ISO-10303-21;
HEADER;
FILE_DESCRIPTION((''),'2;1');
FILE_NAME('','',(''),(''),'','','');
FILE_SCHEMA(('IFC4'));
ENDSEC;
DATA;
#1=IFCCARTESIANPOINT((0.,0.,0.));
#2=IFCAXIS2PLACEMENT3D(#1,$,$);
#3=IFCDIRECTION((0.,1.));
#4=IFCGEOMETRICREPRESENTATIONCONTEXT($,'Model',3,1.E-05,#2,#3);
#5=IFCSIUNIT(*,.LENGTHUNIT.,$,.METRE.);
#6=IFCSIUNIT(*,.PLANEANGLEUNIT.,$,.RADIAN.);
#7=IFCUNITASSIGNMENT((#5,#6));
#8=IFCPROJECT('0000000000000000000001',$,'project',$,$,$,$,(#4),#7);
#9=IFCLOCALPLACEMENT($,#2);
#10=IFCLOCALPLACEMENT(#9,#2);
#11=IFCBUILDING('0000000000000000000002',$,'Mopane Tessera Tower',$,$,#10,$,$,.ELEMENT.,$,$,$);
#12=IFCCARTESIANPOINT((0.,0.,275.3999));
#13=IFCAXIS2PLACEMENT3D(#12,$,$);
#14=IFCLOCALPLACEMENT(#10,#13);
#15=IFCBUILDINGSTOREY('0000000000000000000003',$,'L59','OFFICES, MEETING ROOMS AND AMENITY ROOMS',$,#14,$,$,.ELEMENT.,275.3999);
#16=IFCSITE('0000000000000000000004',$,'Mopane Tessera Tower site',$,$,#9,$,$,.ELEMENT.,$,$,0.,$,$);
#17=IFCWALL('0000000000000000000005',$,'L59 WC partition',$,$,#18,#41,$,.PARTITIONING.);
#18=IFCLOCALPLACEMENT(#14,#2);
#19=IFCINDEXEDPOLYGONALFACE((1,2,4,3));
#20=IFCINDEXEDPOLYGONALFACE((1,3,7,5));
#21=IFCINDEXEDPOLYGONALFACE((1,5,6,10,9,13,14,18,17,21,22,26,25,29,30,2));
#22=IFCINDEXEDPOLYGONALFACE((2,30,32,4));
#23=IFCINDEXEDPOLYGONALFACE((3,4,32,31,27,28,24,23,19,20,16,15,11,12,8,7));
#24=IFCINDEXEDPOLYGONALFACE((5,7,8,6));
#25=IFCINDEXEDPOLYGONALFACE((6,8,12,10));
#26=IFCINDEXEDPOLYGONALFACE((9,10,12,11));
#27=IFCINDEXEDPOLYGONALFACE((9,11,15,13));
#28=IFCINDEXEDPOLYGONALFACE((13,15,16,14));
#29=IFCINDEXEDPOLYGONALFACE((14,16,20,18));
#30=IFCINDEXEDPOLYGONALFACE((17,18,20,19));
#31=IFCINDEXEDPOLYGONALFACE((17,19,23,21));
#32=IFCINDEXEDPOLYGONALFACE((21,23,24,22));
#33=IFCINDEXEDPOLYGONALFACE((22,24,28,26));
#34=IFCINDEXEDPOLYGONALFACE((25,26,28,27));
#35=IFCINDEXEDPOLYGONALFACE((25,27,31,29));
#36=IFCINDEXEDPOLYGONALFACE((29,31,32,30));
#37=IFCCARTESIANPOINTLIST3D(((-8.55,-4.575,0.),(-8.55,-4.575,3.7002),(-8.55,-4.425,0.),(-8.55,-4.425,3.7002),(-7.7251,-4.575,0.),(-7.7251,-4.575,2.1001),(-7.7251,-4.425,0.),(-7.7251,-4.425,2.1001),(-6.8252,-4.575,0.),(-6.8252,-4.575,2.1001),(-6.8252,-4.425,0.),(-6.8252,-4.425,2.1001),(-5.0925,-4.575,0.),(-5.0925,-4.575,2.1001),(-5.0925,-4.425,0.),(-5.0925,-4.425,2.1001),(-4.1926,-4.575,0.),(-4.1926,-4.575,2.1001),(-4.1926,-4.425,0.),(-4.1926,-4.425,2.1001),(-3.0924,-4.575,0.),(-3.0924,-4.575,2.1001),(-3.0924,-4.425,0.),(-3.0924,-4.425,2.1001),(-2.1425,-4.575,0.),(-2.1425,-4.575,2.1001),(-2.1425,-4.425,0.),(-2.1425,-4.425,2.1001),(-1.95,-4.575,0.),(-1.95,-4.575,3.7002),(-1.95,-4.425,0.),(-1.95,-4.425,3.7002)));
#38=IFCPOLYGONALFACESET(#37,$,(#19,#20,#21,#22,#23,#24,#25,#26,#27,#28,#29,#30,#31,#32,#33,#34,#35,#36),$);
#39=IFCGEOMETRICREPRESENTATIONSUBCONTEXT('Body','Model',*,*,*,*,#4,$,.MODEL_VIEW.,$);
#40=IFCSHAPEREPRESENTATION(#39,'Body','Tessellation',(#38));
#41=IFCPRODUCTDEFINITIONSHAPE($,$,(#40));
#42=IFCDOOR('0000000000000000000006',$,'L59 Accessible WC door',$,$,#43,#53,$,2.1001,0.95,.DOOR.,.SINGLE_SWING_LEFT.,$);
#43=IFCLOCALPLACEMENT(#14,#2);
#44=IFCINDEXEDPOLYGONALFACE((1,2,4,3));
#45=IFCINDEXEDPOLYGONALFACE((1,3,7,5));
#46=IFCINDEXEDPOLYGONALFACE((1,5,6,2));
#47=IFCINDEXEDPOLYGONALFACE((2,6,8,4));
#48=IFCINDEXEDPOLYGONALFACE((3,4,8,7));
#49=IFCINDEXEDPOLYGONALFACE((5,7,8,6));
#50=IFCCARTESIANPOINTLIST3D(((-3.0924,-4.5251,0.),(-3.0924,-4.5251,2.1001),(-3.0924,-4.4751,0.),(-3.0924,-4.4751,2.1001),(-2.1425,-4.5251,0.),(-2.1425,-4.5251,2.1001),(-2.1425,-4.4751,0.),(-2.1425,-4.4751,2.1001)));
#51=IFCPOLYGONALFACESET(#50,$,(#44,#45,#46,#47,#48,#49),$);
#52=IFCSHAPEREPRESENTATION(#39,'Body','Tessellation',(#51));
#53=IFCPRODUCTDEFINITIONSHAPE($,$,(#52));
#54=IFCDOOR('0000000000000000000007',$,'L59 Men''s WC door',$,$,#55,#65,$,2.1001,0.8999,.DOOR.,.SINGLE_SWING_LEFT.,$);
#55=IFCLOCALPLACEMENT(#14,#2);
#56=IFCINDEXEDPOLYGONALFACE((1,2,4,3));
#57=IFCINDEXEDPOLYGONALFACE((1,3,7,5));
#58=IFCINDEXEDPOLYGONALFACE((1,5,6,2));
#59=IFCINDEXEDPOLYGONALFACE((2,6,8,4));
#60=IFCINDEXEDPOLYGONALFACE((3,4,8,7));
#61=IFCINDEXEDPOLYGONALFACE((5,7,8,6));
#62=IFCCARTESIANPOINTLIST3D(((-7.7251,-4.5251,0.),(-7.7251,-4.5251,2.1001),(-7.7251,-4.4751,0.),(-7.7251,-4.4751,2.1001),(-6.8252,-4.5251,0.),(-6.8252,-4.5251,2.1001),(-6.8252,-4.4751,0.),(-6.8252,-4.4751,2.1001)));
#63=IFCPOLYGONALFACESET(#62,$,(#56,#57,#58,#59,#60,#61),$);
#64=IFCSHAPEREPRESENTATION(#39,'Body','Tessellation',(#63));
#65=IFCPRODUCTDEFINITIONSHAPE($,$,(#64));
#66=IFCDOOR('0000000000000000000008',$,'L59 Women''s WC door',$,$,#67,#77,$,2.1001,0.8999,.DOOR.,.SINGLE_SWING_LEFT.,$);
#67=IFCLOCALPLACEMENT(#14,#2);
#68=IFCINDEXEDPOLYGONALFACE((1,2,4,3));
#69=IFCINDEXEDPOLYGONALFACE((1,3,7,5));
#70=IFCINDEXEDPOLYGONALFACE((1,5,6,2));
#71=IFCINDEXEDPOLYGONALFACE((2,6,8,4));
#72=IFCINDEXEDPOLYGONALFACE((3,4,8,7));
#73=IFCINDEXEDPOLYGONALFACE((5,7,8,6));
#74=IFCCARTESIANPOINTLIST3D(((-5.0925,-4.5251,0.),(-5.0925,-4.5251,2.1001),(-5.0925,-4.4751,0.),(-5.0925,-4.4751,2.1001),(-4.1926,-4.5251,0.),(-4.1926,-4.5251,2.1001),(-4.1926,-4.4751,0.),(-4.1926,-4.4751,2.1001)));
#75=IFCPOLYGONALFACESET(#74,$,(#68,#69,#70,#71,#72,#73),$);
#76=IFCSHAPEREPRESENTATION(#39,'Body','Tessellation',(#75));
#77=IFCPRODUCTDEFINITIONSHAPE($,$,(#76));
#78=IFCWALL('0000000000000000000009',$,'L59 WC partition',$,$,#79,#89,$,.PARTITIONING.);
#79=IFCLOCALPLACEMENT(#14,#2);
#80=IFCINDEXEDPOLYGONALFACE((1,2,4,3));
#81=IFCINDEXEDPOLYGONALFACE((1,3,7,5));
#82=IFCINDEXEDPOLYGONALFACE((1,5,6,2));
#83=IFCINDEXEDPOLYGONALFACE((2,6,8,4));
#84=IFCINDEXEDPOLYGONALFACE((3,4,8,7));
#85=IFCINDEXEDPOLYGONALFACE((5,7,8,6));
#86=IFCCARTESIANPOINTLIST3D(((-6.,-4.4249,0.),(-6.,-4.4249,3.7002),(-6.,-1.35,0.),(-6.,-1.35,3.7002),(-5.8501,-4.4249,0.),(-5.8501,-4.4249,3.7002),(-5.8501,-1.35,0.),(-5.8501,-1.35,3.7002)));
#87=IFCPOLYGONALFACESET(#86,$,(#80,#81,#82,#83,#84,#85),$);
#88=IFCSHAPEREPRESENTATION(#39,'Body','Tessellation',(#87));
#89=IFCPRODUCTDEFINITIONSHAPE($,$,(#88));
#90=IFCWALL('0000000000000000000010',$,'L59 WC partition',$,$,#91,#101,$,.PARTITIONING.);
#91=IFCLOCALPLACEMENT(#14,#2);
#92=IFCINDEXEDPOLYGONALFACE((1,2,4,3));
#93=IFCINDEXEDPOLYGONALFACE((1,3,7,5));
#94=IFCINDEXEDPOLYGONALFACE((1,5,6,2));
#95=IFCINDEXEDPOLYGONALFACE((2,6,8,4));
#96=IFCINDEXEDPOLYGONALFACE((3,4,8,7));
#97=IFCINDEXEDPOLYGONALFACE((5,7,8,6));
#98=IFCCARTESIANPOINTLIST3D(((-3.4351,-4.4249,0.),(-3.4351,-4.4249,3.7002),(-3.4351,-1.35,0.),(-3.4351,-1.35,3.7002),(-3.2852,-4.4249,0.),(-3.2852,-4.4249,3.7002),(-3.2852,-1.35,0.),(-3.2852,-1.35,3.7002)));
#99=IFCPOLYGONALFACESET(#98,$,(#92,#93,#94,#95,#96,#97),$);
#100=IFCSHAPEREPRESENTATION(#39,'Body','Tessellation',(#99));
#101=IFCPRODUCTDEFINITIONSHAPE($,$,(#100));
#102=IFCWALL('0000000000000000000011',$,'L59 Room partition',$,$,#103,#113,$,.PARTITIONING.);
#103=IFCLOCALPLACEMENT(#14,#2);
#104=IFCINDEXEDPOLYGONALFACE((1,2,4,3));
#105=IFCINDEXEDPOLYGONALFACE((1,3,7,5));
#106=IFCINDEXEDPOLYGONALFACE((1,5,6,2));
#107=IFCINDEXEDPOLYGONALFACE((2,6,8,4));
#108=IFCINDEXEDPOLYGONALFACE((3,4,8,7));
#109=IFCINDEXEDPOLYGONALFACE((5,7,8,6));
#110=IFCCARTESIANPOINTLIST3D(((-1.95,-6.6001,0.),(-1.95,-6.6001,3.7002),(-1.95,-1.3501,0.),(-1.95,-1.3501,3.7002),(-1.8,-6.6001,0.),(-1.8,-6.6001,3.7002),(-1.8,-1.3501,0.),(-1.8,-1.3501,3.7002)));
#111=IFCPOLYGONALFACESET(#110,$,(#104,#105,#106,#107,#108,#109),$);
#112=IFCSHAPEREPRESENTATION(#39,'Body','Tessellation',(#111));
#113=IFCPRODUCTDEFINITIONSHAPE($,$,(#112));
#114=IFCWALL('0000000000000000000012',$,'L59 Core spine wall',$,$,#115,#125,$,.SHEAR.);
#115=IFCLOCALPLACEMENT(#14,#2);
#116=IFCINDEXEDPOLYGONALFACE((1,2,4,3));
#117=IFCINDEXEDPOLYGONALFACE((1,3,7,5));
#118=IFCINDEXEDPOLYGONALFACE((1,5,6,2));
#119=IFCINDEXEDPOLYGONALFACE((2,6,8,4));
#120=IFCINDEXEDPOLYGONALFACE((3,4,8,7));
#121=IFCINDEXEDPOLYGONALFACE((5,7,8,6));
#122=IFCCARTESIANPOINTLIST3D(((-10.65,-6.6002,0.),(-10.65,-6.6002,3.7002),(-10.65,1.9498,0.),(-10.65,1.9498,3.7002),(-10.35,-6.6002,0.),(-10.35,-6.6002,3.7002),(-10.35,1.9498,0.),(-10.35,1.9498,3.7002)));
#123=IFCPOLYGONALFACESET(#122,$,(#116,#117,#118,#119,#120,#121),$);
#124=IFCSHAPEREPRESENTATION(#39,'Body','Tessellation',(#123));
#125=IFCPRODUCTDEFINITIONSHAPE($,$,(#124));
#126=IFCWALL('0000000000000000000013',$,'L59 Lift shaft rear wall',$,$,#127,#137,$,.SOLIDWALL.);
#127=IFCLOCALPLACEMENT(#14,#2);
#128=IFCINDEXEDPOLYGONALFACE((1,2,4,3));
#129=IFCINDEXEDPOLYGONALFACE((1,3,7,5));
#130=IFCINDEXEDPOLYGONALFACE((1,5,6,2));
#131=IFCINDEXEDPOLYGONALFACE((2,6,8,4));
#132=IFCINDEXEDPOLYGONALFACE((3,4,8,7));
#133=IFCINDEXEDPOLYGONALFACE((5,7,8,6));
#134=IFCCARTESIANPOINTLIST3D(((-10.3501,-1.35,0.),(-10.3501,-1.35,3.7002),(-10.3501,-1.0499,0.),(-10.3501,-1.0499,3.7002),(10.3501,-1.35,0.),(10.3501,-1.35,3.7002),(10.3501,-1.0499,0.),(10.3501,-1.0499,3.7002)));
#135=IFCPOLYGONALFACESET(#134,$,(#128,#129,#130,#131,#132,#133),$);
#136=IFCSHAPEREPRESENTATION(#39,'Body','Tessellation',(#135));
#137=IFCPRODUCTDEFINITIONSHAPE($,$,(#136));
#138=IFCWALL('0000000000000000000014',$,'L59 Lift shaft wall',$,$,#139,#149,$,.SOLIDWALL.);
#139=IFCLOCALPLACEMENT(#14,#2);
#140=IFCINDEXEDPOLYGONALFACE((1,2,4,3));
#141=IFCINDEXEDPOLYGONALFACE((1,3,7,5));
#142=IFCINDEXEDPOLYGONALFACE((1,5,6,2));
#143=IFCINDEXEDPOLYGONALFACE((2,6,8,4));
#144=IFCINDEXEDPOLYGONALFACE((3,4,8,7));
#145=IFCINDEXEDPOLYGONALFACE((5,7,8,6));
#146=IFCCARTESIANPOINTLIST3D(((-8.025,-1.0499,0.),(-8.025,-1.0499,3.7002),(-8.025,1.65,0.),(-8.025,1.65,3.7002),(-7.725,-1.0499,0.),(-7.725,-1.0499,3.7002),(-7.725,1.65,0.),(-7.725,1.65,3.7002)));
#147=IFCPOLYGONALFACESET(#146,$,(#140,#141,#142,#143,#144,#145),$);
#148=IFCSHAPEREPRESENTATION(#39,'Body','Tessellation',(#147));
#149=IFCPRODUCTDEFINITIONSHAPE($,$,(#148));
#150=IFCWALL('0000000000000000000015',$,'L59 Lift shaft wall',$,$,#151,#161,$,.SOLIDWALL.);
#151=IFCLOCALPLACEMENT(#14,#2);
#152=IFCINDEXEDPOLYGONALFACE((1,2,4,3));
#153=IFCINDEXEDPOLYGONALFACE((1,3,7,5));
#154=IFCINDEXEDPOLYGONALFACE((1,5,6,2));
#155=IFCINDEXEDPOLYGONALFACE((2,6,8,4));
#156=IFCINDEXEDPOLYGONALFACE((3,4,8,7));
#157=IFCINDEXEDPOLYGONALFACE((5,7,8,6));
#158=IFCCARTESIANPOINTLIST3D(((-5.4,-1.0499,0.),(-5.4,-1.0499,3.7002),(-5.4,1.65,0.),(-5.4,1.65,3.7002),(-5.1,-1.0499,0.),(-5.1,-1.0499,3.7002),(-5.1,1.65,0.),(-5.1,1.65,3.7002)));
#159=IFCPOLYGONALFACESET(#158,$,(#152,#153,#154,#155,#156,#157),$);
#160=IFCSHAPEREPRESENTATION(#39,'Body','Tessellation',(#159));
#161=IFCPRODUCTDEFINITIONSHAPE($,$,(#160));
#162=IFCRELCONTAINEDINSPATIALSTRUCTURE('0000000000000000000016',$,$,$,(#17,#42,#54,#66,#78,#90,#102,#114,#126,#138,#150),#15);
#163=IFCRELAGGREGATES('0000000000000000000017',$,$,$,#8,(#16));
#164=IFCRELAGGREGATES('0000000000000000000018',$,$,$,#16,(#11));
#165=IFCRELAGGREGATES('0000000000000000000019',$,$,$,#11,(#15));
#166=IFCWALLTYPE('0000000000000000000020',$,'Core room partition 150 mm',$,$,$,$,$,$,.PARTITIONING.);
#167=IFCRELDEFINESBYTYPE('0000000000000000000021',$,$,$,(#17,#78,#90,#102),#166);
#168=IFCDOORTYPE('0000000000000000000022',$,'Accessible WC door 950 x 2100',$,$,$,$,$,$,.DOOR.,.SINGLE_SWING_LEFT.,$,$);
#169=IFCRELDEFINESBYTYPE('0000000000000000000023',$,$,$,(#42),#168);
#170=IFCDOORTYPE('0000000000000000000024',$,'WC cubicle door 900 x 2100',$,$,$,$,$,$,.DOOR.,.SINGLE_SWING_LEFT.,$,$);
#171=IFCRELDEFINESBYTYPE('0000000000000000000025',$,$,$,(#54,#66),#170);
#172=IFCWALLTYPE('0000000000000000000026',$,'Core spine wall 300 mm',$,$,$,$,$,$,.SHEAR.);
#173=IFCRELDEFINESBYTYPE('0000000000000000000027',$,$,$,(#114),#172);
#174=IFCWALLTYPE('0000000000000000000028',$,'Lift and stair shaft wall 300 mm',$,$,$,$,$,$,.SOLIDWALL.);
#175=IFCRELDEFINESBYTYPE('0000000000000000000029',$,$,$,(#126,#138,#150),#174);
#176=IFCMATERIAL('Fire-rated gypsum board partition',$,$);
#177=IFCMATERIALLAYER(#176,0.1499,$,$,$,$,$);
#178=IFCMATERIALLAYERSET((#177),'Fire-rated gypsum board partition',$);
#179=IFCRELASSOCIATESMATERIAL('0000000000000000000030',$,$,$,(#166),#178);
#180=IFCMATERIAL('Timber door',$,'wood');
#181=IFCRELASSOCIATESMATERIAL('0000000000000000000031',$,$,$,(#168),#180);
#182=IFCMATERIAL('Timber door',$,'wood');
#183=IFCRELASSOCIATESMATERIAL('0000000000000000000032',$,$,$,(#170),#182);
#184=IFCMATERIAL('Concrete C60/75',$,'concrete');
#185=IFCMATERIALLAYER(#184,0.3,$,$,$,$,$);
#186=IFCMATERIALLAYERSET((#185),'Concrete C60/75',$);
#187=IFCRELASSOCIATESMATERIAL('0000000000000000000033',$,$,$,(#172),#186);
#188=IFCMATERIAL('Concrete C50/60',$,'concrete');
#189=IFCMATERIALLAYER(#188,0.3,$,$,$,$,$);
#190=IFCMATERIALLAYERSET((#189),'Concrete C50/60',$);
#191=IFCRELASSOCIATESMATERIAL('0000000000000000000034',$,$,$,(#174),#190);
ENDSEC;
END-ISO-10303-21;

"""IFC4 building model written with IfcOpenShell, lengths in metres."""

from ifc_helpers import new_model, si_unit, direction, frame, frame_2d, origin, place, context, subcontext, project, spatial, rectangle, extrude, material, layer, layer_set, type_object, element, fill, save


model = new_model("IFC4")

# Units and contexts
model_context = context("Model", 3, precision=1e-05, world=origin(), true_north=direction((0.0, 1.0)))
body_context = subcontext(model_context, "Body", "Model", "MODEL_VIEW")
ifc_project = project(units=[si_unit("LENGTHUNIT", "METRE"), si_unit("PLANEANGLEUNIT", "RADIAN")], contexts=[model_context])

# Site, building, storey
site_placement = place(None, origin())
site = spatial("IfcSite", under=ifc_project, at=site_placement, Name="Mopane Tessera Tower site", CompositionType="ELEMENT", RefElevation=0.0)
building_placement = place(site_placement, origin())
building = spatial("IfcBuilding", under=site, at=building_placement, Name="Mopane Tessera Tower", CompositionType="ELEMENT")
storey_placement = place(building_placement, frame((0.0, 0.0, 275.3999)))
storey = spatial("IfcBuildingStorey", under=building, at=storey_placement, Name="L59", Description="OFFICES, MEETING ROOMS AND AMENITY ROOMS", CompositionType="ELEMENT", Elevation=275.3999)

# Shared definitions
ifc_material_1 = material(Name="Fire-rated gypsum board partition")
ifc_layer_1 = layer(ifc_material_1, 0.1499)
ifc_layer_set_1 = layer_set([ifc_layer_1], Name="Fire-rated gypsum board partition")
wall_type_1 = type_object("IfcWallType", Name="Core room partition 150 mm", PredefinedType="PARTITIONING", material=ifc_layer_set_1)

# Wall, openings, doors
wall_1_placement = place(storey_placement, frame((-8.55, -4.5, 0.0), z_axis=(0.0, 0.0, 1.0), x_axis=(1.0, 0.0, 0.0)))
wall_1 = element("IfcWall", 1, at=wall_1_placement, inside=storey, type_object=wall_type_1, Name="L59 WC partition", PredefinedType="PARTITIONING", context=body_context, shape_type="SweptSolid", body=[
    extrude(rectangle(XDim=6.6001, YDim=0.1499, at=frame_2d((3.3, 0.0))), origin(), (0.0, 0.0, 1.0), 3.7002),
])
opening_1_placement = place(wall_1_placement, frame((0.825, 0.0, 0.0)))
opening_1 = element("IfcOpeningElement", 2, at=opening_1_placement, cuts=wall_1, PredefinedType="OPENING", context=body_context, shape_type="SweptSolid", body=[
    extrude(rectangle(XDim=0.8999, YDim=2.1001, at=frame_2d((0.45, 1.05))), frame((0.0, 0.0869, 0.0), z_axis=(0.0, -1.0, 0.0), x_axis=(1.0, 0.0, 0.0)), (0.0, 0.0, 1.0), 0.1738),
])
opening_2_placement = place(wall_1_placement, frame((3.4575, 0.0, 0.0)))
opening_2 = element("IfcOpeningElement", 3, at=opening_2_placement, cuts=wall_1, PredefinedType="OPENING", context=body_context, shape_type="SweptSolid", body=[
    extrude(rectangle(XDim=0.8999, YDim=2.1001, at=frame_2d((0.45, 1.05))), frame((0.0, 0.0869, 0.0), z_axis=(0.0, -1.0, 0.0), x_axis=(1.0, 0.0, 0.0)), (0.0, 0.0, 1.0), 0.1738),
])
opening_3_placement = place(wall_1_placement, frame((5.4575, 0.0, 0.0)))
opening_3 = element("IfcOpeningElement", 4, at=opening_3_placement, cuts=wall_1, PredefinedType="OPENING", context=body_context, shape_type="SweptSolid", body=[
    extrude(rectangle(XDim=0.95, YDim=2.1001, at=frame_2d((0.4751, 1.05))), frame((0.0, 0.0869, 0.0), z_axis=(0.0, -1.0, 0.0), x_axis=(1.0, 0.0, 0.0)), (0.0, 0.0, 1.0), 0.1738),
])
ifc_material_2 = material(Name="Timber door", Category="wood")
door_type_1 = type_object("IfcDoorType", Name="Accessible WC door 950 x 2100", OperationType="SINGLE_SWING_LEFT", PredefinedType="DOOR", material=ifc_material_2)
door_1_placement = place(opening_3_placement, origin())
door_1 = element("IfcDoor", 5, at=door_1_placement, inside=storey, type_object=door_type_1, Name="L59 Accessible WC door", OperationType="SINGLE_SWING_LEFT", OverallHeight=2.1001, OverallWidth=0.95, PredefinedType="DOOR", context=body_context, shape_type="SweptSolid", body=[
    extrude(rectangle(XDim=0.95, YDim=2.1001, at=frame_2d((0.4751, 1.05))), frame((0.0, 0.0249, 0.0), z_axis=(0.0, -1.0, 0.0), x_axis=(1.0, 0.0, 0.0)), (0.0, 0.0, 1.0), 0.05),
])
fill(opening_3, door_1)
ifc_material_3 = material(Name="Timber door", Category="wood")
door_type_2 = type_object("IfcDoorType", Name="WC cubicle door 900 x 2100", OperationType="SINGLE_SWING_LEFT", PredefinedType="DOOR", material=ifc_material_3)
door_2_placement = place(opening_1_placement, origin())
door_2 = element("IfcDoor", 6, at=door_2_placement, inside=storey, type_object=door_type_2, Name="L59 Men's WC door", OperationType="SINGLE_SWING_LEFT", OverallHeight=2.1001, OverallWidth=0.8999, PredefinedType="DOOR", context=body_context, shape_type="SweptSolid", body=[
    extrude(rectangle(XDim=0.8999, YDim=2.1001, at=frame_2d((0.45, 1.05))), frame((0.0, 0.0249, 0.0), z_axis=(0.0, -1.0, 0.0), x_axis=(1.0, 0.0, 0.0)), (0.0, 0.0, 1.0), 0.05),
])
fill(opening_1, door_2)
door_3_placement = place(opening_2_placement, origin())
door_3 = element("IfcDoor", 7, at=door_3_placement, inside=storey, type_object=door_type_2, Name="L59 Women's WC door", OperationType="SINGLE_SWING_LEFT", OverallHeight=2.1001, OverallWidth=0.8999, PredefinedType="DOOR", context=body_context, shape_type="SweptSolid", body=[
    extrude(rectangle(XDim=0.8999, YDim=2.1001, at=frame_2d((0.45, 1.05))), frame((0.0, 0.0249, 0.0), z_axis=(0.0, -1.0, 0.0), x_axis=(1.0, 0.0, 0.0)), (0.0, 0.0, 1.0), 0.05),
])
fill(opening_2, door_3)

# Walls
for number, where, z_axis, x_axis, name in (
    (8, (-5.925, -4.425, 0.0), (0.0, 0.0, 1.0), (0.0, 1.0, 0.0), "L59 WC partition"),
    (9, (-3.3601, -4.425, 0.0), (0.0, 0.0, 1.0), (0.0, 1.0, 0.0), "L59 WC partition"),
):
    element("IfcWall", number, at=place(storey_placement, frame(where, z_axis=z_axis, x_axis=x_axis)), inside=storey, type_object=wall_type_1, Name=name, PredefinedType="PARTITIONING", context=body_context, shape_type="SweptSolid", body=[
        extrude(rectangle(XDim=3.075, YDim=0.1499, at=frame_2d((1.5376, 0.0))), origin(), (0.0, 0.0, 1.0), 3.7002),
    ])
wall_2_placement = place(storey_placement, frame((-1.875, -6.6001, 0.0), z_axis=(0.0, 0.0, 1.0), x_axis=(0.0, 1.0, 0.0)))
element("IfcWall", 10, at=wall_2_placement, inside=storey, type_object=wall_type_1, Name="L59 Room partition", PredefinedType="PARTITIONING", context=body_context, shape_type="SweptSolid", body=[
    extrude(rectangle(XDim=5.25, YDim=0.1499, at=frame_2d((2.625, 0.0))), origin(), (0.0, 0.0, 1.0), 3.7002),
])
ifc_material_4 = material(Name="Concrete C60/75", Category="concrete")
ifc_layer_2 = layer(ifc_material_4, 0.3)
ifc_layer_set_2 = layer_set([ifc_layer_2], Name="Concrete C60/75")
wall_type_2 = type_object("IfcWallType", Name="Core spine wall 300 mm", PredefinedType="SHEAR", material=ifc_layer_set_2)
wall_3_placement = place(storey_placement, frame((-10.5, -6.6001, 0.0), z_axis=(0.0, 0.0, 1.0), x_axis=(0.0, 1.0, 0.0)))
element("IfcWall", 11, at=wall_3_placement, inside=storey, type_object=wall_type_2, Name="L59 Core spine wall", PredefinedType="SHEAR", context=body_context, shape_type="SweptSolid", body=[
    extrude(rectangle(XDim=8.55, YDim=0.3, at=frame_2d((4.2749, 0.0))), origin(), (0.0, 0.0, 1.0), 3.7002),
])
ifc_material_5 = material(Name="Concrete C50/60", Category="concrete")
ifc_layer_3 = layer(ifc_material_5, 0.3)
ifc_layer_set_3 = layer_set([ifc_layer_3], Name="Concrete C50/60")
wall_type_3 = type_object("IfcWallType", Name="Lift and stair shaft wall 300 mm", PredefinedType="SOLIDWALL", material=ifc_layer_set_3)
wall_4_placement = place(storey_placement, frame((-10.3501, -1.2, 0.0), z_axis=(0.0, 0.0, 1.0), x_axis=(1.0, 0.0, 0.0)))
element("IfcWall", 12, at=wall_4_placement, inside=storey, type_object=wall_type_3, Name="L59 Lift shaft rear wall", PredefinedType="SOLIDWALL", context=body_context, shape_type="SweptSolid", body=[
    extrude(rectangle(XDim=20.7002, YDim=0.3, at=frame_2d((10.3501, 0.0))), origin(), (0.0, 0.0, 1.0), 3.7002),
])
for number, where, z_axis, x_axis, name in (
    (13, (-7.875, -1.05, 0.0), (0.0, 0.0, 1.0), (0.0, 1.0, 0.0), "L59 Lift shaft wall"),
    (14, (-5.25, -1.05, 0.0), (0.0, 0.0, 1.0), (0.0, 1.0, 0.0), "L59 Lift shaft wall"),
):
    element("IfcWall", number, at=place(storey_placement, frame(where, z_axis=z_axis, x_axis=x_axis)), inside=storey, type_object=wall_type_3, Name=name, PredefinedType="SOLIDWALL", context=body_context, shape_type="SweptSolid", body=[
        extrude(rectangle(XDim=2.7, YDim=0.3, at=frame_2d((1.3501, 0.0))), origin(), (0.0, 0.0, 1.0), 3.7002),
    ])

save(model, "model.ifc")
